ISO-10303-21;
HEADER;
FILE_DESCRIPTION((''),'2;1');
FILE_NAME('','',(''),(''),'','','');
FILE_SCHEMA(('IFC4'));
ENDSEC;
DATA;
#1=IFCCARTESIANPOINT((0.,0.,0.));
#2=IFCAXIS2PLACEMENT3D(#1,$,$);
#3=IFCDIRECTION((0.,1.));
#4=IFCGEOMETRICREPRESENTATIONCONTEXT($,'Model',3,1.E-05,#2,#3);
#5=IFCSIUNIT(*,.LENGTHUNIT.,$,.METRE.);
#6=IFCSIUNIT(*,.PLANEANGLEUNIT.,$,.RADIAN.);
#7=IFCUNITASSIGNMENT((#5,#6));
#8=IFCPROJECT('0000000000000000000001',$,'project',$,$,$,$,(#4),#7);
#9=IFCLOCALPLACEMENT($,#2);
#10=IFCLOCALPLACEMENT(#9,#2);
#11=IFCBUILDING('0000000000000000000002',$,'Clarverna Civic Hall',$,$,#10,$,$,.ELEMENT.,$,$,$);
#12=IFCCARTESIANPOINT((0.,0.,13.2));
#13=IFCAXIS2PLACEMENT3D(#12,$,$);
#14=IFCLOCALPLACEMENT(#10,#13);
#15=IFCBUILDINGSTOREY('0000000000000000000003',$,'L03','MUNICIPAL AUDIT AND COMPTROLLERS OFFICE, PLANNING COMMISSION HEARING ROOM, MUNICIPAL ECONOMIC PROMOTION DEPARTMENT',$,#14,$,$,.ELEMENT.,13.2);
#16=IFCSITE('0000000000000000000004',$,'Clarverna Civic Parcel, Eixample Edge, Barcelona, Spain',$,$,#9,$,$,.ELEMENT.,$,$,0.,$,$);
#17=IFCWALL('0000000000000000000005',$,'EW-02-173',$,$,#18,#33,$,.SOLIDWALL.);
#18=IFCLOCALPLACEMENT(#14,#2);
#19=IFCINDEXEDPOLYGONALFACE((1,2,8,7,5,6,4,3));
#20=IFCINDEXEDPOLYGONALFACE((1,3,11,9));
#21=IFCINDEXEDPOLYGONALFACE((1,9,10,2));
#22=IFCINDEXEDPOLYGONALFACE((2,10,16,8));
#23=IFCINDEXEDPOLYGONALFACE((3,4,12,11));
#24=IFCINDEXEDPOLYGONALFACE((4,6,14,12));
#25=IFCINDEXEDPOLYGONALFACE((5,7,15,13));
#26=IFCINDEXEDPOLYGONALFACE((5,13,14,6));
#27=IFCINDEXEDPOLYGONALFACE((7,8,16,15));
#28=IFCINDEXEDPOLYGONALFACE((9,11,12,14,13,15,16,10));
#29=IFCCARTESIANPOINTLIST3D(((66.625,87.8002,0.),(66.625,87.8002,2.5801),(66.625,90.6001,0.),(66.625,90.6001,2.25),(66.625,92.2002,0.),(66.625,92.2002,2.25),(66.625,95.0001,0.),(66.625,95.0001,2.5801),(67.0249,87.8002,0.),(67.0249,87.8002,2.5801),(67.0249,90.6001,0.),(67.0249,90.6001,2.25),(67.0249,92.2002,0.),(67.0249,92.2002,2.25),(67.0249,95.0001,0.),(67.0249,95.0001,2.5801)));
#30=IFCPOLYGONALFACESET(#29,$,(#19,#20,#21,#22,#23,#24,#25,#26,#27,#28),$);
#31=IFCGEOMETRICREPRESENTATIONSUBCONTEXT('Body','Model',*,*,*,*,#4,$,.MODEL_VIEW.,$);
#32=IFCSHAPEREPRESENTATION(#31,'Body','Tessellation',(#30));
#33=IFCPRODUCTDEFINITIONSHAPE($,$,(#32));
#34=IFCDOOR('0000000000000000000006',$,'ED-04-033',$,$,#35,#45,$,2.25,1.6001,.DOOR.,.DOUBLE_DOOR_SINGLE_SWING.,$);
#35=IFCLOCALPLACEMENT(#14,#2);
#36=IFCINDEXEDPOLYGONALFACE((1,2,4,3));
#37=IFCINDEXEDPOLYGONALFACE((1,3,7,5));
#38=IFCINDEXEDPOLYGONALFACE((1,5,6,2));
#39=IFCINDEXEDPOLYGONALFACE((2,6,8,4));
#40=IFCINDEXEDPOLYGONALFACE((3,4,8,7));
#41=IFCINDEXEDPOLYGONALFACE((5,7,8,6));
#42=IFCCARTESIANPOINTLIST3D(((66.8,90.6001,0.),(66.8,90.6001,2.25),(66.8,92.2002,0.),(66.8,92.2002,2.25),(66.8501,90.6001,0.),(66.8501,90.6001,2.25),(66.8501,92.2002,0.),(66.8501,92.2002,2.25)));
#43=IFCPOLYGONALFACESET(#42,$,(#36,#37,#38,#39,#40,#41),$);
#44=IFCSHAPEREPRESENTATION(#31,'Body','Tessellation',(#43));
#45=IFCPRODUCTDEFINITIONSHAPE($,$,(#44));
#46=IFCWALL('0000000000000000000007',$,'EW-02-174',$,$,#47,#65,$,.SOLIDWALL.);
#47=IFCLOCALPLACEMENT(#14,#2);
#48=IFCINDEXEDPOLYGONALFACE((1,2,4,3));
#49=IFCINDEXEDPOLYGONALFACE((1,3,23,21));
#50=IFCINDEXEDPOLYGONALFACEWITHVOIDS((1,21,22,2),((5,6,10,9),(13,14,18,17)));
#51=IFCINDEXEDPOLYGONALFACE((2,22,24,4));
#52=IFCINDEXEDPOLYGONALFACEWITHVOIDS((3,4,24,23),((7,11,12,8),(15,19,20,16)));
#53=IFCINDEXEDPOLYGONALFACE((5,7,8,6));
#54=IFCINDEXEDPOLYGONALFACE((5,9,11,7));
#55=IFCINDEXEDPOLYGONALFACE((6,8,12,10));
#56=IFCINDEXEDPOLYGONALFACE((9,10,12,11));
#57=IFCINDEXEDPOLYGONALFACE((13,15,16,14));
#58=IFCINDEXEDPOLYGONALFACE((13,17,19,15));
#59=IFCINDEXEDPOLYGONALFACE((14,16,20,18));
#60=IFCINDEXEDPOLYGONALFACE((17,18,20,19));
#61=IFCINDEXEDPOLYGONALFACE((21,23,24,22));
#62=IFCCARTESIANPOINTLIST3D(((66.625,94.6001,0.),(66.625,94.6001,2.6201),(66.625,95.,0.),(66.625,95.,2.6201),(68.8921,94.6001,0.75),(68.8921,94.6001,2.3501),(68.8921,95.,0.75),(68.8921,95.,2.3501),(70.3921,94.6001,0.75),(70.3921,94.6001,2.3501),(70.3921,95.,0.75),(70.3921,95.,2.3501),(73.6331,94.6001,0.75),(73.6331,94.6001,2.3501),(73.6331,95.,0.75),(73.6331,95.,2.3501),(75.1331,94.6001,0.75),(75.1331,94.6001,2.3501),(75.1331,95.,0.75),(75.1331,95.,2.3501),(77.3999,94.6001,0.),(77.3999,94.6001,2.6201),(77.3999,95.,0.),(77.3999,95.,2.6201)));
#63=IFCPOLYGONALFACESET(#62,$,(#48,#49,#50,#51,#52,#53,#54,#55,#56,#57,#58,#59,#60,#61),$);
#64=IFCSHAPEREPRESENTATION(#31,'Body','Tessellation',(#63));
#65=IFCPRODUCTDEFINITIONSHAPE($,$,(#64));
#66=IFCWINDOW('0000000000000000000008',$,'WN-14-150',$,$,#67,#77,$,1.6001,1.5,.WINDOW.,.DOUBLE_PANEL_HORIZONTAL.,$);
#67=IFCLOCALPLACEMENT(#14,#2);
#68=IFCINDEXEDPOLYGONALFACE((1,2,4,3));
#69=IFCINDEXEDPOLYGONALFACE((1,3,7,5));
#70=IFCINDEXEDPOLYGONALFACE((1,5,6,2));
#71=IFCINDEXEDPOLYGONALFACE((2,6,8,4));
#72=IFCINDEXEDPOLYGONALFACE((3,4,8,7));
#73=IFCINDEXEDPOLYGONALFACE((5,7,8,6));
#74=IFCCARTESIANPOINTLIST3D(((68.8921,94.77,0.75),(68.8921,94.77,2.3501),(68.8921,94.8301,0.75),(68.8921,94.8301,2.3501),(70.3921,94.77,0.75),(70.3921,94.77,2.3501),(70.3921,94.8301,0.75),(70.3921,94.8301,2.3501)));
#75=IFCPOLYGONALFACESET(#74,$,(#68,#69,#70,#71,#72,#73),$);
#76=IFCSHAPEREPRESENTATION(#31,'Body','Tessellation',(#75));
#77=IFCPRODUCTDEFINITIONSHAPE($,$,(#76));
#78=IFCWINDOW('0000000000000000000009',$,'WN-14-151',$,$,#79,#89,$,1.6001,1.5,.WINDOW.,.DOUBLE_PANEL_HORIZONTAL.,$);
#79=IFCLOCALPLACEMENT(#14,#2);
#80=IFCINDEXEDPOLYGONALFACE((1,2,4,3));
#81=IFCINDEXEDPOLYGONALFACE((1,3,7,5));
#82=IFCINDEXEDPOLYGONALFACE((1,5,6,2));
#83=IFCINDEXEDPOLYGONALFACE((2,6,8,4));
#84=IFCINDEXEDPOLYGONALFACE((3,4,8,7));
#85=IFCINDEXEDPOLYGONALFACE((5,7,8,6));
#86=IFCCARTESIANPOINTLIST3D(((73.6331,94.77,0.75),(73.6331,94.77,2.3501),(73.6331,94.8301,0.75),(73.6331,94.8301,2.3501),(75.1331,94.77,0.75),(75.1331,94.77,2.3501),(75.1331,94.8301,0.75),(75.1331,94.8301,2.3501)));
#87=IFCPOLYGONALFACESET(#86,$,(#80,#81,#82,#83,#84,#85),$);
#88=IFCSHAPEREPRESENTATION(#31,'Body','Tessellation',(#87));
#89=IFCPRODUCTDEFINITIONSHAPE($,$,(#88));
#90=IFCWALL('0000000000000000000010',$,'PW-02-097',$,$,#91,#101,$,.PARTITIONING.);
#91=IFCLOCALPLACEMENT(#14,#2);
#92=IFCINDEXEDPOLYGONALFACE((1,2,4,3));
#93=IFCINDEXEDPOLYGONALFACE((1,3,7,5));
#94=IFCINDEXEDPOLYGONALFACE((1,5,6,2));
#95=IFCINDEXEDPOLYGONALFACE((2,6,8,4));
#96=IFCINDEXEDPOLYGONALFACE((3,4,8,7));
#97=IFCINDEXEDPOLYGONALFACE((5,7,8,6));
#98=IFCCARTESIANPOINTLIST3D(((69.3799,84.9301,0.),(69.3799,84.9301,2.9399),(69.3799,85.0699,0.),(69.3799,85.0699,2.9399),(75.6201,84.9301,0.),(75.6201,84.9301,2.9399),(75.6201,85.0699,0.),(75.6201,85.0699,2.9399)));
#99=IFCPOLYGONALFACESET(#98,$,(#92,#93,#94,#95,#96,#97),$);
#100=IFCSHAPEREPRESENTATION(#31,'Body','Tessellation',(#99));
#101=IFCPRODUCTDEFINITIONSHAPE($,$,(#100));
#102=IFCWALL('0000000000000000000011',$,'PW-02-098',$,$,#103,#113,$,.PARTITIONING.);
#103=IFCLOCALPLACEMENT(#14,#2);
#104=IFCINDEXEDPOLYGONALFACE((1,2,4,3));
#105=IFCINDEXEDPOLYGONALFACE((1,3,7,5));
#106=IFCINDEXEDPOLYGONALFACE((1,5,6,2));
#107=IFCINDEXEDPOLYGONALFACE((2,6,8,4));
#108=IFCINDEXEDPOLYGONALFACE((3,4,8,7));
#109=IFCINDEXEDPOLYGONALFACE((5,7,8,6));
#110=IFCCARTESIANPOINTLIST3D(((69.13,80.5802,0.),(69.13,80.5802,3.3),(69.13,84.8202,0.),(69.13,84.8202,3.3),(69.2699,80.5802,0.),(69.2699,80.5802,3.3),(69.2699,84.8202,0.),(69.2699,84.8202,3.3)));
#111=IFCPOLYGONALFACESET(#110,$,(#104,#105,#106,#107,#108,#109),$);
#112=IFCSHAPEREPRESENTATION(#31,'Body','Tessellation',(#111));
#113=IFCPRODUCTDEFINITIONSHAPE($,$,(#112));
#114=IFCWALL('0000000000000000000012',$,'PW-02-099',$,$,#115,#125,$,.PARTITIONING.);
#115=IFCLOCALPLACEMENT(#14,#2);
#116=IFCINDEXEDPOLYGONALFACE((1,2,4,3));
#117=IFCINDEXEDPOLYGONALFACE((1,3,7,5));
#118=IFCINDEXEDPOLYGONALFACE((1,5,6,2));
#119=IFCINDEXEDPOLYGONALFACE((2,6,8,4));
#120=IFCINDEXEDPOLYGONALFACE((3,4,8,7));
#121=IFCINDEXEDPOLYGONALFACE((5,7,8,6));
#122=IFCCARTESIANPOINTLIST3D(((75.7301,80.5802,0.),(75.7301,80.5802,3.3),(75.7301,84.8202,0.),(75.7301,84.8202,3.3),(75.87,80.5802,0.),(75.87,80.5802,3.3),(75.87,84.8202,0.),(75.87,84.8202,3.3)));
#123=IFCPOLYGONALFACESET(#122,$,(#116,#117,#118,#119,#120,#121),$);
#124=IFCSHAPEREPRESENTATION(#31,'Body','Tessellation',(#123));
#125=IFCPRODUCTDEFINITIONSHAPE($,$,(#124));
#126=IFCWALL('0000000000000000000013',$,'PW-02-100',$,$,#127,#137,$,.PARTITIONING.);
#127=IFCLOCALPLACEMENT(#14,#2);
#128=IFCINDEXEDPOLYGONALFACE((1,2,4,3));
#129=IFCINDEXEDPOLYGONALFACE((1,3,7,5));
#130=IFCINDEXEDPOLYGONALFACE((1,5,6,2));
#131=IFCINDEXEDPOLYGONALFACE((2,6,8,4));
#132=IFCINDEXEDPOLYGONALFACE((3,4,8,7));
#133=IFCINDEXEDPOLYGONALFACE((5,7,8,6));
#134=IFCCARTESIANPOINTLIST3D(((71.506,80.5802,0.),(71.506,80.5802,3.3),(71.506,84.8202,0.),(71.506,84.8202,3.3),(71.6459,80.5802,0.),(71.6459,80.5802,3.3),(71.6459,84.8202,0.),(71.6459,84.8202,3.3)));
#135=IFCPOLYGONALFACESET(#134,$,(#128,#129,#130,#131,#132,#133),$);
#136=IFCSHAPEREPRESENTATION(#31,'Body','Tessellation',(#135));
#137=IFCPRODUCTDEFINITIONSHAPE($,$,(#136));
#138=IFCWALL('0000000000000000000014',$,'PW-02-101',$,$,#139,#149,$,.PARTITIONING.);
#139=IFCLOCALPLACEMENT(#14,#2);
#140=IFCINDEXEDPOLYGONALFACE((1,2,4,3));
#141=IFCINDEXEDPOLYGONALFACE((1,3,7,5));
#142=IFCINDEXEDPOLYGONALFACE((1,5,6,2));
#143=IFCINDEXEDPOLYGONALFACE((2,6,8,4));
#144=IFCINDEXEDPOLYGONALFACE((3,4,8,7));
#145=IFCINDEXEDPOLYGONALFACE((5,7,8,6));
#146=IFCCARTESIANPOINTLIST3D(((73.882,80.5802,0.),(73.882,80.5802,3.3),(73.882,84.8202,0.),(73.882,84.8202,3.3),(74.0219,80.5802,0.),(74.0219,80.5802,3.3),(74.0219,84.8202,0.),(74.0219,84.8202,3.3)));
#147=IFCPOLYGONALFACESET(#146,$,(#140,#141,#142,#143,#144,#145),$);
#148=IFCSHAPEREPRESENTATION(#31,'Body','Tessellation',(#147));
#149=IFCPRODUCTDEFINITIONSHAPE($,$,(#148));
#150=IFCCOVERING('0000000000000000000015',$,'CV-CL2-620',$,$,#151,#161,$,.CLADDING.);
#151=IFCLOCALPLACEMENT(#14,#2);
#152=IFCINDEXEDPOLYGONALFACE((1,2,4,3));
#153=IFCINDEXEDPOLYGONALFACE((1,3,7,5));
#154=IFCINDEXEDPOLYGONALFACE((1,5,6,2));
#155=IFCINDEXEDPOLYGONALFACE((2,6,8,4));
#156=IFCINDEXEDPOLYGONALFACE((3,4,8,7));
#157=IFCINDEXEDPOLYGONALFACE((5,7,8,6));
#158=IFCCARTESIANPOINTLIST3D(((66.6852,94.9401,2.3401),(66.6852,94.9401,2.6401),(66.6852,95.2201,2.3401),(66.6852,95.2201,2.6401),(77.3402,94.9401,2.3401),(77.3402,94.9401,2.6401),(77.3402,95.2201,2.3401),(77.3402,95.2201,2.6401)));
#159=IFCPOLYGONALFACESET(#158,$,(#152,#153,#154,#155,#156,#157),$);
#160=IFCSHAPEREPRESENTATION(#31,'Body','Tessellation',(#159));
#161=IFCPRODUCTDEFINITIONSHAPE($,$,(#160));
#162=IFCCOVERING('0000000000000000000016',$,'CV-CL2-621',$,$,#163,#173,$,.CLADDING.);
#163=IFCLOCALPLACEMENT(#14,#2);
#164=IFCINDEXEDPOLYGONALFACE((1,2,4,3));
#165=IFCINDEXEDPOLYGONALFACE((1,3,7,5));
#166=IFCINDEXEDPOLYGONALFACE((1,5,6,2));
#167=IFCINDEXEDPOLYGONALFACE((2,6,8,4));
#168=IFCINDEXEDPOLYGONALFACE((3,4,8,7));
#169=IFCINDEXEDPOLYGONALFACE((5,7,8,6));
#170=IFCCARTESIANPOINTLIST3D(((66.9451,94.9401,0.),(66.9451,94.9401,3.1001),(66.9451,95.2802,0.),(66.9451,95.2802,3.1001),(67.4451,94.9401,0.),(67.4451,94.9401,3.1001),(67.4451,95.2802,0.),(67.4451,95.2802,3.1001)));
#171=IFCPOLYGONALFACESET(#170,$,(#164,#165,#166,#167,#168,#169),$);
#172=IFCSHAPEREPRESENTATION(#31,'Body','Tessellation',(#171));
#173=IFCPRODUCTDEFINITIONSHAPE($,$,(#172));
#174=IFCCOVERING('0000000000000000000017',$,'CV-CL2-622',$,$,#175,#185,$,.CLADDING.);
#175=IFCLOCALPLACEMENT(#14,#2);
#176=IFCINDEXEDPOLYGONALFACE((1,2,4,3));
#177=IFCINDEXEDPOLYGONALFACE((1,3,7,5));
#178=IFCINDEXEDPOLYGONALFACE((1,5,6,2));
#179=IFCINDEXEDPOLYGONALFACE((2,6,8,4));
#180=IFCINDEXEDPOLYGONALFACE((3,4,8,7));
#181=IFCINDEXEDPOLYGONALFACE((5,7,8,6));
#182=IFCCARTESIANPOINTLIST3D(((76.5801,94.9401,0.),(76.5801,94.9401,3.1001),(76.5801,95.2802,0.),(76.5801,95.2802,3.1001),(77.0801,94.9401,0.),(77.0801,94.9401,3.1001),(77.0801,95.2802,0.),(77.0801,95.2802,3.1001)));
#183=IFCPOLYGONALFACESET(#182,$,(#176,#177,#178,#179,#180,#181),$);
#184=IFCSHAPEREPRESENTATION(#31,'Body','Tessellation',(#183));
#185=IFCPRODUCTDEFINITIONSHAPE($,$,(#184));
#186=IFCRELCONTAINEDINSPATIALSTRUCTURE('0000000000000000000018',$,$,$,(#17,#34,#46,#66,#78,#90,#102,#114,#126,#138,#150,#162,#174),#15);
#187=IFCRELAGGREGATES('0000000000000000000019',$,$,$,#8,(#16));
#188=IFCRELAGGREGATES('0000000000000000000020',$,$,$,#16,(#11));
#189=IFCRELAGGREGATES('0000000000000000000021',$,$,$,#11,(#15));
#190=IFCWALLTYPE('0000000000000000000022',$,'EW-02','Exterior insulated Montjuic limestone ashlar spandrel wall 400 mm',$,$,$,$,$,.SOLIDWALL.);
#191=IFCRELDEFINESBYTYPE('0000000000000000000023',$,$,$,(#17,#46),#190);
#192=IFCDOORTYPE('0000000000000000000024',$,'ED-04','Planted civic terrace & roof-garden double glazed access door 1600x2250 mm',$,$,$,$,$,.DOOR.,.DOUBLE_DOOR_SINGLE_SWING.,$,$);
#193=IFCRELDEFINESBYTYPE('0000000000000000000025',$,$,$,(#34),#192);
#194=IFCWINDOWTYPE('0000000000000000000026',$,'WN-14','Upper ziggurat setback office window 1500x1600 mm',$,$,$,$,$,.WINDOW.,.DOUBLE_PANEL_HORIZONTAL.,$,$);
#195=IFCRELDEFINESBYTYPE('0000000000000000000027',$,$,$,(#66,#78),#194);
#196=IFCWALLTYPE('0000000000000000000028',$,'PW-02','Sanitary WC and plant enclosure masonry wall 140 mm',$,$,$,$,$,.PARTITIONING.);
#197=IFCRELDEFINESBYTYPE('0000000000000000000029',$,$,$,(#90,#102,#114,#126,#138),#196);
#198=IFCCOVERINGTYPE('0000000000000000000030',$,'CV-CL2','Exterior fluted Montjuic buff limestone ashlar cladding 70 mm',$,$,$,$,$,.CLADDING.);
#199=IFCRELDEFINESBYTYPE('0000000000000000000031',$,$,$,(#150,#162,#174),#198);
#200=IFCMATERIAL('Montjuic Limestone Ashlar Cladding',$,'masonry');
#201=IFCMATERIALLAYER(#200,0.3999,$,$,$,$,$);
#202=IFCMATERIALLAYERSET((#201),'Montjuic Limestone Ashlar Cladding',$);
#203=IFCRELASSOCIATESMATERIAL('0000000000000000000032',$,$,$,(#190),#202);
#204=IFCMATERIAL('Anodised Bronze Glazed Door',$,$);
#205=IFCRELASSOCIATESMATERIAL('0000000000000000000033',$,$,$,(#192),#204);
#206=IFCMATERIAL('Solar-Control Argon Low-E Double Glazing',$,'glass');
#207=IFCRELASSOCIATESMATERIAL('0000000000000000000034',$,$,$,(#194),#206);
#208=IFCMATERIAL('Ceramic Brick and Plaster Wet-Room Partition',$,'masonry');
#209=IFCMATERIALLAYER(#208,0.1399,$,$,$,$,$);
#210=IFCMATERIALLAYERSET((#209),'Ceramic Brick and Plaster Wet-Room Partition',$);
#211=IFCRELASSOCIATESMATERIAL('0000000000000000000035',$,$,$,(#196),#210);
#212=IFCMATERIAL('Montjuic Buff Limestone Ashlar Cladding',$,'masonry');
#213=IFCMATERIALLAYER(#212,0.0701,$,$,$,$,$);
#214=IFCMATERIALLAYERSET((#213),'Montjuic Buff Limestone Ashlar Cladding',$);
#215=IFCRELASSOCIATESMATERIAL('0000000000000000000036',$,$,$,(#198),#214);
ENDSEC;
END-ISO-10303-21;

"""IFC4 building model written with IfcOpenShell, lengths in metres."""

from ifc_helpers import new_model, si_unit, direction, frame, frame_2d, origin, place, context, subcontext, project, spatial, rectangle, extrude, material, layer, layer_set, type_object, element, fill, save


model = new_model("IFC4")

# Units and contexts
model_context = context("Model", 3, precision=1e-05, world=origin(), true_north=direction((0.0, 1.0)))
body_context = subcontext(model_context, "Body", "Model", "MODEL_VIEW")
ifc_project = project(units=[si_unit("LENGTHUNIT", "METRE"), si_unit("PLANEANGLEUNIT", "RADIAN")], contexts=[model_context])

# Site, building, storey
site_placement = place(None, origin())
site = spatial("IfcSite", under=ifc_project, at=site_placement, Name="Clarverna Civic Parcel, Eixample Edge, Barcelona, Spain", CompositionType="ELEMENT", RefElevation=0.0)
building_placement = place(site_placement, origin())
building = spatial("IfcBuilding", under=site, at=building_placement, Name="Clarverna Civic Hall", CompositionType="ELEMENT")
storey_placement = place(building_placement, frame((0.0, 0.0, 13.2)))
storey = spatial("IfcBuildingStorey", under=building, at=storey_placement, Name="L03", Description="MUNICIPAL AUDIT AND COMPTROLLERS OFFICE, PLANNING COMMISSION HEARING ROOM, MUNICIPAL ECONOMIC PROMOTION DEPARTMENT", CompositionType="ELEMENT", Elevation=13.2)

# Wall, opening, door
ifc_material_1 = material(Name="Montjuic Limestone Ashlar Cladding", Category="masonry")
ifc_layer_1 = layer(ifc_material_1, 0.3999)
ifc_layer_set_1 = layer_set([ifc_layer_1], Name="Montjuic Limestone Ashlar Cladding")
wall_type_1 = type_object("IfcWallType", Name="EW-02", Description="Exterior insulated Montjuic limestone ashlar spandrel wall 400 mm", PredefinedType="SOLIDWALL", material=ifc_layer_set_1)
wall_1_placement = place(storey_placement, frame((66.825, 87.8, 0.0), z_axis=(0.0, 0.0, 1.0), x_axis=(0.0, 1.0, 0.0)))
wall_1 = element("IfcWall", 1, at=wall_1_placement, inside=storey, type_object=wall_type_1, Name="EW-02-173", PredefinedType="SOLIDWALL", context=body_context, shape_type="SweptSolid", body=[
    extrude(rectangle(XDim=7.2, YDim=0.3999, at=frame_2d((3.6001, 0.0))), origin(), (0.0, 0.0, 1.0), 2.5801),
])
opening_1_placement = place(wall_1_placement, frame((2.8, 0.0, 0.0)))
opening_1 = element("IfcOpeningElement", 2, at=opening_1_placement, cuts=wall_1, PredefinedType="OPENING", context=body_context, shape_type="SweptSolid", body=[
    extrude(rectangle(XDim=1.6001, YDim=2.25, at=frame_2d((0.8, 1.125))), frame((0.0, 0.21, 0.0), z_axis=(0.0, -1.0, 0.0), x_axis=(1.0, 0.0, 0.0)), (0.0, 0.0, 1.0), 0.4199),
])
ifc_material_2 = material(Name="Anodised Bronze Glazed Door")
door_type_1 = type_object("IfcDoorType", Name="ED-04", Description="Planted civic terrace & roof-garden double glazed access door 1600x2250 mm", OperationType="DOUBLE_DOOR_SINGLE_SWING", PredefinedType="DOOR", material=ifc_material_2)
door_1_placement = place(opening_1_placement, origin())
door_1 = element("IfcDoor", 3, at=door_1_placement, inside=storey, type_object=door_type_1, Name="ED-04-033", OperationType="DOUBLE_DOOR_SINGLE_SWING", OverallHeight=2.25, OverallWidth=1.6001, PredefinedType="DOOR", context=body_context, shape_type="SweptSolid", body=[
    extrude(rectangle(XDim=1.6001, YDim=2.25, at=frame_2d((0.8, 1.125))), frame((0.0, 0.0249, 0.0), z_axis=(0.0, -1.0, 0.0), x_axis=(1.0, 0.0, 0.0)), (0.0, 0.0, 1.0), 0.05),
])
fill(opening_1, door_1)

# Wall, openings, windows
wall_2_placement = place(storey_placement, frame((66.625, 94.8, 0.0), z_axis=(0.0, 0.0, 1.0), x_axis=(1.0, 0.0, 0.0)))
wall_2 = element("IfcWall", 4, at=wall_2_placement, inside=storey, type_object=wall_type_1, Name="EW-02-174", PredefinedType="SOLIDWALL", context=body_context, shape_type="SweptSolid", body=[
    extrude(rectangle(XDim=10.7749, YDim=0.3999, at=frame_2d((5.3875, 0.0))), origin(), (0.0, 0.0, 1.0), 2.6201),
])
opening_2_placement = place(wall_2_placement, frame((2.2671, 0.0, 0.75)))
opening_2 = element("IfcOpeningElement", 5, at=opening_2_placement, cuts=wall_2, PredefinedType="OPENING", context=body_context, shape_type="SweptSolid", body=[
    extrude(rectangle(XDim=1.5, YDim=1.6001, at=frame_2d((0.75, 0.8))), frame((0.0, 0.21, 0.0), z_axis=(0.0, -1.0, 0.0), x_axis=(1.0, 0.0, 0.0)), (0.0, 0.0, 1.0), 0.4199),
])
opening_3_placement = place(wall_2_placement, frame((7.0081, 0.0, 0.75)))
opening_3 = element("IfcOpeningElement", 6, at=opening_3_placement, cuts=wall_2, PredefinedType="OPENING", context=body_context, shape_type="SweptSolid", body=[
    extrude(rectangle(XDim=1.5, YDim=1.6001, at=frame_2d((0.75, 0.8))), frame((0.0, 0.21, 0.0), z_axis=(0.0, -1.0, 0.0), x_axis=(1.0, 0.0, 0.0)), (0.0, 0.0, 1.0), 0.4199),
])
ifc_material_3 = material(Name="Solar-Control Argon Low-E Double Glazing", Category="glass")
window_type = type_object("IfcWindowType", Name="WN-14", Description="Upper ziggurat setback office window 1500x1600 mm", PartitioningType="DOUBLE_PANEL_HORIZONTAL", PredefinedType="WINDOW", material=ifc_material_3)
window_1_placement = place(opening_2_placement, origin())
window_1 = element("IfcWindow", 7, at=window_1_placement, inside=storey, type_object=window_type, Name="WN-14-150", OverallHeight=1.6001, OverallWidth=1.5, PartitioningType="DOUBLE_PANEL_HORIZONTAL", PredefinedType="WINDOW", context=body_context, shape_type="SweptSolid", body=[
    extrude(rectangle(XDim=1.5, YDim=1.6001, at=frame_2d((0.75, 0.8))), frame((0.0, 0.03, 0.0), z_axis=(0.0, -1.0, 0.0), x_axis=(1.0, 0.0, 0.0)), (0.0, 0.0, 1.0), 0.0601),
])
fill(opening_2, window_1)
window_2_placement = place(opening_3_placement, origin())
window_2 = element("IfcWindow", 8, at=window_2_placement, inside=storey, type_object=window_type, Name="WN-14-151", OverallHeight=1.6001, OverallWidth=1.5, PartitioningType="DOUBLE_PANEL_HORIZONTAL", PredefinedType="WINDOW", context=body_context, shape_type="SweptSolid", body=[
    extrude(rectangle(XDim=1.5, YDim=1.6001, at=frame_2d((0.75, 0.8))), frame((0.0, 0.03, 0.0), z_axis=(0.0, -1.0, 0.0), x_axis=(1.0, 0.0, 0.0)), (0.0, 0.0, 1.0), 0.0601),
])
fill(opening_3, window_2)

# Walls
ifc_material_4 = material(Name="Ceramic Brick and Plaster Wet-Room Partition", Category="masonry")
ifc_layer_2 = layer(ifc_material_4, 0.1399)
ifc_layer_set_2 = layer_set([ifc_layer_2], Name="Ceramic Brick and Plaster Wet-Room Partition")
wall_type_2 = type_object("IfcWallType", Name="PW-02", Description="Sanitary WC and plant enclosure masonry wall 140 mm", PredefinedType="PARTITIONING", material=ifc_layer_set_2)
wall_3_placement = place(storey_placement, frame((69.3799, 85.0, 0.0), z_axis=(0.0, 0.0, 1.0), x_axis=(1.0, 0.0, 0.0)))
element("IfcWall", 9, at=wall_3_placement, inside=storey, type_object=wall_type_2, Name="PW-02-097", PredefinedType="PARTITIONING", context=body_context, shape_type="SweptSolid", body=[
    extrude(rectangle(XDim=6.2402, YDim=0.1399, at=frame_2d((3.1201, 0.0))), origin(), (0.0, 0.0, 1.0), 2.9399),
])
for number, where, z_axis, x_axis, name in (
    (10, (69.2, 80.5801, 0.0), (0.0, 0.0, 1.0), (0.0, 1.0, 0.0), "PW-02-098"),
    (11, (75.8, 80.5801, 0.0), (0.0, 0.0, 1.0), (0.0, 1.0, 0.0), "PW-02-099"),
    (12, (71.5759, 80.5801, 0.0), (0.0, 0.0, 1.0), (0.0, 1.0, 0.0), "PW-02-100"),
    (13, (73.9519, 80.5801, 0.0), (0.0, 0.0, 1.0), (0.0, 1.0, 0.0), "PW-02-101"),
):
    element("IfcWall", number, at=place(storey_placement, frame(where, z_axis=z_axis, x_axis=x_axis)), inside=storey, type_object=wall_type_2, Name=name, PredefinedType="PARTITIONING", context=body_context, shape_type="SweptSolid", body=[
        extrude(rectangle(XDim=4.24, YDim=0.1399, at=frame_2d((2.1201, 0.0))), origin(), (0.0, 0.0, 1.0), 3.3),
    ])

# Coverings
ifc_material_5 = material(Name="Montjuic Buff Limestone Ashlar Cladding", Category="masonry")
ifc_layer_3 = layer(ifc_material_5, 0.0701)
ifc_layer_set_3 = layer_set([ifc_layer_3], Name="Montjuic Buff Limestone Ashlar Cladding")
covering_type = type_object("IfcCoveringType", Name="CV-CL2", Description="Exterior fluted Montjuic buff limestone ashlar cladding 70 mm", PredefinedType="CLADDING", material=ifc_layer_set_3)
covering_placement = place(storey_placement, frame((66.6851, 95.0801, 2.3401), z_axis=(0.0, 0.0, 1.0), x_axis=(1.0, 0.0, 0.0)))
element("IfcCovering", 14, at=covering_placement, inside=storey, type_object=covering_type, Name="CV-CL2-620", PredefinedType="CLADDING", context=body_context, shape_type="SweptSolid", body=[
    extrude(rectangle(XDim=10.655, YDim=0.28, at=frame_2d((5.3276, 0.0))), origin(), (0.0, 0.0, 1.0), 0.3),
])
for number, where, z_axis, x_axis, name in (
    (15, (66.9451, 95.1101, 0.0), (0.0, 0.0, 1.0), (1.0, 0.0, 0.0), "CV-CL2-621"),
    (16, (76.5801, 95.1101, 0.0), (0.0, 0.0, 1.0), (1.0, 0.0, 0.0), "CV-CL2-622"),
):
    element("IfcCovering", number, at=place(storey_placement, frame(where, z_axis=z_axis, x_axis=x_axis)), inside=storey, type_object=covering_type, Name=name, PredefinedType="CLADDING", context=body_context, shape_type="SweptSolid", body=[
        extrude(rectangle(XDim=0.5, YDim=0.3401, at=frame_2d((0.25, 0.0))), origin(), (0.0, 0.0, 1.0), 3.1001),
    ])

save(model, "model.ifc")
